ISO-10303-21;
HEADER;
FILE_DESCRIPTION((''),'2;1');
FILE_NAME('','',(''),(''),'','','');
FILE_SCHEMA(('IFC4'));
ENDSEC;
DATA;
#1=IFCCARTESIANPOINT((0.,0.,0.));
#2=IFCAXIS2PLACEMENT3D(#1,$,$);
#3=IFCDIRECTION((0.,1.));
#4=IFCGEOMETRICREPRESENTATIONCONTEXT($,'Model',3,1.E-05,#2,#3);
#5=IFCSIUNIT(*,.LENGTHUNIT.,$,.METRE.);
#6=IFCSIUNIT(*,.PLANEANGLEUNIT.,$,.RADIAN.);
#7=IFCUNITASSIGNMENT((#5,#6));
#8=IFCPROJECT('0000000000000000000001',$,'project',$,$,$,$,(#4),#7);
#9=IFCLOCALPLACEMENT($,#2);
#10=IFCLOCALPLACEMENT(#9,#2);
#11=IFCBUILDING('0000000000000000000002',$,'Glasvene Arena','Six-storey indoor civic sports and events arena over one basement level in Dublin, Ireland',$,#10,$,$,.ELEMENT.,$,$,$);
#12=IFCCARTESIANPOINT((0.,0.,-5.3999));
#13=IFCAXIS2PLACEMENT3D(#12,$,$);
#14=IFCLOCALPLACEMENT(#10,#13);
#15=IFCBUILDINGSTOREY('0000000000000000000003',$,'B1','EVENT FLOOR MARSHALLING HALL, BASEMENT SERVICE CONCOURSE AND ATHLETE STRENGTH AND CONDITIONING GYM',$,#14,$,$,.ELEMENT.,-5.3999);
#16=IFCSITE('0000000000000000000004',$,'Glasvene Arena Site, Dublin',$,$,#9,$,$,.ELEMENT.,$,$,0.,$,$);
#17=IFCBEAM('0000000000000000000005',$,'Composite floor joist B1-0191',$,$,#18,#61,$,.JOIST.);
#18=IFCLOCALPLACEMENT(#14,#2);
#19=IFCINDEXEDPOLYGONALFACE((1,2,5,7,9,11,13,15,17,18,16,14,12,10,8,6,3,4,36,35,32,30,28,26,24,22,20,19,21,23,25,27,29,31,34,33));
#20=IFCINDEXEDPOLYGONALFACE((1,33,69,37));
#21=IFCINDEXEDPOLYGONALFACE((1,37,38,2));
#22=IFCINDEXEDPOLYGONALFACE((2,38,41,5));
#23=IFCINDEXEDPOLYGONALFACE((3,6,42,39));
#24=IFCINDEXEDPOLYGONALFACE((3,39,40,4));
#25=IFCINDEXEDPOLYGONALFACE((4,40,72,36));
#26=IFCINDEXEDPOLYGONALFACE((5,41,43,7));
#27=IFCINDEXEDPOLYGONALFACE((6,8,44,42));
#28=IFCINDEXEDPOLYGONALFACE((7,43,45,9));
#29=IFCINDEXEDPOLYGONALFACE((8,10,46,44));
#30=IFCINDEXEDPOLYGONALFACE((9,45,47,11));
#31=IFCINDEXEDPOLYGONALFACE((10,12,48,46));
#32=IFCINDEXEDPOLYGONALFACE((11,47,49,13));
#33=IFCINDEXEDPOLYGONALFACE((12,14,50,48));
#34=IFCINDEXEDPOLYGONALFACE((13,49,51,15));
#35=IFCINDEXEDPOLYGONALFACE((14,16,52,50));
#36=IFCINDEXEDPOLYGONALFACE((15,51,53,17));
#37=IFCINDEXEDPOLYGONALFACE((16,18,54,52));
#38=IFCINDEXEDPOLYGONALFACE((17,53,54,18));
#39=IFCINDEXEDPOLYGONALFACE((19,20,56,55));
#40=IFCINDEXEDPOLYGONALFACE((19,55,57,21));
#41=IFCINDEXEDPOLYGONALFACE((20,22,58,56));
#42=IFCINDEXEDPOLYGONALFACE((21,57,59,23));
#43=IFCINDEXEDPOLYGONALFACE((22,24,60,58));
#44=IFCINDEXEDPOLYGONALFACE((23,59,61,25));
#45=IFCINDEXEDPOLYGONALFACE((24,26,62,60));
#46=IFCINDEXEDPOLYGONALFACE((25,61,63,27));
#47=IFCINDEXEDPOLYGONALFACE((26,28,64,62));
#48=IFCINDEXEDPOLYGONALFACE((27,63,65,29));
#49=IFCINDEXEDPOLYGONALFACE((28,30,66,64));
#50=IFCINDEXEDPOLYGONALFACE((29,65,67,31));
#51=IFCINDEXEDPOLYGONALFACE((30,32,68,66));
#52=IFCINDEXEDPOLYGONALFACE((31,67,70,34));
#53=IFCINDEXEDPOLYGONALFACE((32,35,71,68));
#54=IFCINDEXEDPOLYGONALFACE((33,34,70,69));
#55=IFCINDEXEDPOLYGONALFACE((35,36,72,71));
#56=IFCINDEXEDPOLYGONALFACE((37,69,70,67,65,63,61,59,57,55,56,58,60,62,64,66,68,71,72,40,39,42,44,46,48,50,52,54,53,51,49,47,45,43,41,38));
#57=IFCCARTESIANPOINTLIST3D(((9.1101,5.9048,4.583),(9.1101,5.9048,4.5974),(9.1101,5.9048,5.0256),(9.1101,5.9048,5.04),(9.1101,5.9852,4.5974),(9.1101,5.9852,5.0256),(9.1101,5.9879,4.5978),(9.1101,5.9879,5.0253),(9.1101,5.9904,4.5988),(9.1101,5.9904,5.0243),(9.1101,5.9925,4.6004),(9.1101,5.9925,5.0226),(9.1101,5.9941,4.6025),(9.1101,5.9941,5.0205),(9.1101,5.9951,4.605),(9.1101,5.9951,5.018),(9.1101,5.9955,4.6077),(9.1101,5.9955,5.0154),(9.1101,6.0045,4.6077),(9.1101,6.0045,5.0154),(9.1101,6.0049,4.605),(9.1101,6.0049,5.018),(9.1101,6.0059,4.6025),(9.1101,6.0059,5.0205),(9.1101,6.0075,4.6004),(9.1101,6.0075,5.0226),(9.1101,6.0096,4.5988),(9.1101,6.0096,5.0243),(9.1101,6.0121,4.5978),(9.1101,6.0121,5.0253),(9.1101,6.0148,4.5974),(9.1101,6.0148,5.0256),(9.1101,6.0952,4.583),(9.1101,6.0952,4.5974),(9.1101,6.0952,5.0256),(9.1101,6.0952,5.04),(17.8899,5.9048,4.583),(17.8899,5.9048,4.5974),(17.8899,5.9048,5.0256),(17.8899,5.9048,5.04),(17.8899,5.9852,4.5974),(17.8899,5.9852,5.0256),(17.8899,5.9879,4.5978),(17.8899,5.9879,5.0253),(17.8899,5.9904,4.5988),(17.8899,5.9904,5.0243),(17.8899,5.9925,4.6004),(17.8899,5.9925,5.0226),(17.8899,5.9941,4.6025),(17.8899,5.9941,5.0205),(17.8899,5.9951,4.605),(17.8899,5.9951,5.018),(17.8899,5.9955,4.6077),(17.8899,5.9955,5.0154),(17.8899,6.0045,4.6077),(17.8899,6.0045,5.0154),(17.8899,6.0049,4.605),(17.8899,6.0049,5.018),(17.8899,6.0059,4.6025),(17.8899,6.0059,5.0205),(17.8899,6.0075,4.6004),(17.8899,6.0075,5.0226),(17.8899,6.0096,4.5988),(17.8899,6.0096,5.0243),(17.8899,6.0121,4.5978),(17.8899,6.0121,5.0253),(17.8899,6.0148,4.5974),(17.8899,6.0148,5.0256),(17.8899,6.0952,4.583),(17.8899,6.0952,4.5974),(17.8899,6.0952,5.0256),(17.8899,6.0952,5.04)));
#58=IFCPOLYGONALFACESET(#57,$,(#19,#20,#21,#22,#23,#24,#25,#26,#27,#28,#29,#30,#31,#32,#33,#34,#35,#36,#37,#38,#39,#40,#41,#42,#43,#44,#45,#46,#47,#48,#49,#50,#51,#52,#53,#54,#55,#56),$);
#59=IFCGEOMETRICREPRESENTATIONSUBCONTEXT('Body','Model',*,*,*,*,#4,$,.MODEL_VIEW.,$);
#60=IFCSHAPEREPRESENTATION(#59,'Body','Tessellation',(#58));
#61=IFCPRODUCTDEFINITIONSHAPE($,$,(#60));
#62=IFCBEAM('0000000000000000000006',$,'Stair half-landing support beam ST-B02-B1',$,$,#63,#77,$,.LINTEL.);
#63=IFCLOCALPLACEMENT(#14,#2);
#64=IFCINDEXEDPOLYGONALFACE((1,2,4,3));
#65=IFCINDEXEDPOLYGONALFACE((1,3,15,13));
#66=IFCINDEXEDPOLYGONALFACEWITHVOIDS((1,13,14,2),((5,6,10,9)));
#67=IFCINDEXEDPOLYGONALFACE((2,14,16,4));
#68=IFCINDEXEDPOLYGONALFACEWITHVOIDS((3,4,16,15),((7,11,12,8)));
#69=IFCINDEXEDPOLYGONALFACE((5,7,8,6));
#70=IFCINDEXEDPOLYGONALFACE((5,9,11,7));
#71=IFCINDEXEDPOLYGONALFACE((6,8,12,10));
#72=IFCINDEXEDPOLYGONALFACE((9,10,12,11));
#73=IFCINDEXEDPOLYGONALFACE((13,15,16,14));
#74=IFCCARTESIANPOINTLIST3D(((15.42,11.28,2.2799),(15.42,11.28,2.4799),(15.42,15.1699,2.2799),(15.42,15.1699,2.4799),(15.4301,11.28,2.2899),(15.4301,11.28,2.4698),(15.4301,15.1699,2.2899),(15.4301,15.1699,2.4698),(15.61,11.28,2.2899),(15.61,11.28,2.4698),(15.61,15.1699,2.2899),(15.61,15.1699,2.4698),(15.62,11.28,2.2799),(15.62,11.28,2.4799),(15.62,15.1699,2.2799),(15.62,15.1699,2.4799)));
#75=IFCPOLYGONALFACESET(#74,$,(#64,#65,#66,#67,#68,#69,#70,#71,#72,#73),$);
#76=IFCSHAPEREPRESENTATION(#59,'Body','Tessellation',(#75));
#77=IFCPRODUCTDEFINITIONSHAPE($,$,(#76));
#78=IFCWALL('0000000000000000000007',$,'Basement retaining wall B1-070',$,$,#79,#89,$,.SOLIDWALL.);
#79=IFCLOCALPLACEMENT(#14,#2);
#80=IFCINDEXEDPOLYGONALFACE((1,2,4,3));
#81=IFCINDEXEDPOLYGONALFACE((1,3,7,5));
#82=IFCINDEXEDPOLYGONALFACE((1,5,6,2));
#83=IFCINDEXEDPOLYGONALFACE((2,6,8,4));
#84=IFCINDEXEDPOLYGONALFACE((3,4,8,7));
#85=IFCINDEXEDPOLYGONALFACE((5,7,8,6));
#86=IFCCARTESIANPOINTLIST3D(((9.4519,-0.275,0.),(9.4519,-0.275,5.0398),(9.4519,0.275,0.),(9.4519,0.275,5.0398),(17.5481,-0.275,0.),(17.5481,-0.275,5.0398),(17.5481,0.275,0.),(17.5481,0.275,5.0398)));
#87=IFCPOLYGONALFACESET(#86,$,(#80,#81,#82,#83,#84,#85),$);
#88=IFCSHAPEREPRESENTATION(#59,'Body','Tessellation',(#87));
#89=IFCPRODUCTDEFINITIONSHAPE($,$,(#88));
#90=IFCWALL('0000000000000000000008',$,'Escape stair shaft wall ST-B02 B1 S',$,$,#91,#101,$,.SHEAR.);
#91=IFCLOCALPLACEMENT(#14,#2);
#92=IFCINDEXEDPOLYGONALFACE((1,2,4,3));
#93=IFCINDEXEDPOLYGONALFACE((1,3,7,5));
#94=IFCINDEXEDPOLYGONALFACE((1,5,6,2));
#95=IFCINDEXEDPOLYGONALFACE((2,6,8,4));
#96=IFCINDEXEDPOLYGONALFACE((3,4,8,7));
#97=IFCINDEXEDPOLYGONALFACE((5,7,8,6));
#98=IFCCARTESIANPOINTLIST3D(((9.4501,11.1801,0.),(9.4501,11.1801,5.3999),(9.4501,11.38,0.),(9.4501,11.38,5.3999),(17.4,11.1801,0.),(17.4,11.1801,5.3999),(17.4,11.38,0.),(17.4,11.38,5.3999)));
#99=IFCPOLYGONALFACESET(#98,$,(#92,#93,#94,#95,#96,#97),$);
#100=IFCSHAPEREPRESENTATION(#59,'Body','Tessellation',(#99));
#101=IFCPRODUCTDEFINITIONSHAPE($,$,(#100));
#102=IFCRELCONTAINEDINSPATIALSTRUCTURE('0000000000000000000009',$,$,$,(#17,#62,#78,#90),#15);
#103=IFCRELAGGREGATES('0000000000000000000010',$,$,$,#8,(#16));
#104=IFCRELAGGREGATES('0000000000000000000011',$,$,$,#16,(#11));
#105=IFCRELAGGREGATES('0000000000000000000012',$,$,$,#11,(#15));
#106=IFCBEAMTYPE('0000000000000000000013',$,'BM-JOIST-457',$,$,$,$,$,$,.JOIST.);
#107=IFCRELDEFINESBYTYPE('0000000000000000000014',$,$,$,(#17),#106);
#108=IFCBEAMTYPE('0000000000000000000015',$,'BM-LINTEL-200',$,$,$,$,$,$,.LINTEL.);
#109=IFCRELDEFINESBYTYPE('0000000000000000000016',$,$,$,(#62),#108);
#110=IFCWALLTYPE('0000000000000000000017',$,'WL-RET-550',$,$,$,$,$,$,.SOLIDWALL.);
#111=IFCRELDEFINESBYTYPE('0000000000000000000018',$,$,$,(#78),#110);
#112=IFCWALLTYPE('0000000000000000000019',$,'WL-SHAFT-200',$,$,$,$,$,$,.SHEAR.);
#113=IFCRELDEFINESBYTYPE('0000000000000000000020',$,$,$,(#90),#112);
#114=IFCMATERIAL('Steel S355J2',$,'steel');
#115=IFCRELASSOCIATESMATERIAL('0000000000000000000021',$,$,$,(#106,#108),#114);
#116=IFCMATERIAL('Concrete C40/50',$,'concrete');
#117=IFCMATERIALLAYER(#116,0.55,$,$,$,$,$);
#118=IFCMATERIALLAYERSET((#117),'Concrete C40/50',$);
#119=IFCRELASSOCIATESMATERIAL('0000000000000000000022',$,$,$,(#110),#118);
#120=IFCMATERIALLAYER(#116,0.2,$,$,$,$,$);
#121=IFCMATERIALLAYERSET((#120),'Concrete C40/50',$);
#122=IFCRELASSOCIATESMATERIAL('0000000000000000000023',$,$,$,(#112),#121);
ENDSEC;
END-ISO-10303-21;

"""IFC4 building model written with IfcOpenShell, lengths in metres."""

from ifc_helpers import new_model, si_unit, direction, frame, frame_2d, origin, origin_2d, place, context, subcontext, project, spatial, rectangle, hollow_rectangle, i_section, extrude, material, layer, layer_set, material_profile, profile_set, type_object, element, save


model = new_model("IFC4")

# Units and contexts
model_context = context("Model", 3, precision=1e-05, world=origin(), true_north=direction((0.0, 1.0)))
body_context = subcontext(model_context, "Body", "Model", "MODEL_VIEW")
ifc_project = project(units=[si_unit("LENGTHUNIT", "METRE"), si_unit("PLANEANGLEUNIT", "RADIAN")], contexts=[model_context])

# Site, building, storey
site_placement = place(None, origin())
site = spatial("IfcSite", under=ifc_project, at=site_placement, Name="Glasvene Arena Site, Dublin", CompositionType="ELEMENT", RefElevation=0.0)
building_placement = place(site_placement, origin())
building = spatial("IfcBuilding", under=site, at=building_placement, Name="Glasvene Arena", Description="Six-storey indoor civic sports and events arena over one basement level in Dublin, Ireland", CompositionType="ELEMENT")
storey_placement = place(building_placement, frame((0.0, 0.0, -5.3999)))
storey = spatial("IfcBuildingStorey", under=building, at=storey_placement, Name="B1", Description="EVENT FLOOR MARSHALLING HALL, BASEMENT SERVICE CONCOURSE AND ATHLETE STRENGTH AND CONDITIONING GYM", CompositionType="ELEMENT", Elevation=-5.3999)

# Shared definitions
ifc_material_1 = material(Name="Concrete C40/50", Category="concrete")

# Shared definitions
ifc_material_2 = material(Name="Steel S355J2", Category="steel")

# Beams
ifc_material_profile_1 = material_profile(ifc_material_2, i_section(OverallWidth=0.1904, OverallDepth=0.457, WebThickness=0.009, FlangeThickness=0.0144, FilletRadius=0.0103, at=origin_2d()), Name="UKB 457x191x74")
ifc_profile_set_1 = profile_set([ifc_material_profile_1], Name="Steel S355J2")
beam_type_1 = type_object("IfcBeamType", Name="BM-JOIST-457", PredefinedType="JOIST", material=ifc_profile_set_1)
for number, where, z_axis, x_axis, name in (
    (1, (9.1101, 6.0, 4.8115), (1.0, 0.0, 0.0), (0.0, 1.0, 0.0), "Composite floor joist B1-0191"),
):
    element("IfcBeam", number, at=place(storey_placement, frame(where, z_axis=z_axis, x_axis=x_axis)), inside=storey, type_object=beam_type_1, Name=name, PredefinedType="JOIST", context=body_context, shape_type="SweptSolid", body=[
        extrude(i_section(OverallWidth=0.1904, OverallDepth=0.457, WebThickness=0.009, FlangeThickness=0.0144, FilletRadius=0.0103, at=origin_2d()), origin(), (0.0, 0.0, 1.0), 8.7798),
    ])
ifc_material_profile_2 = material_profile(ifc_material_2, hollow_rectangle(XDim=0.2, YDim=0.2, WallThickness=0.01, at=origin_2d()), Name="SHS 200x200x10.0")
ifc_profile_set_2 = profile_set([ifc_material_profile_2], Name="Steel S355J2")
beam_type_2 = type_object("IfcBeamType", Name="BM-LINTEL-200", PredefinedType="LINTEL", material=ifc_profile_set_2)
beam_1_placement = place(storey_placement, frame((15.52, 11.28, 2.3799), z_axis=(0.0, 1.0, 0.0), x_axis=(-1.0, 0.0, 0.0)))
element("IfcBeam", 2, at=beam_1_placement, inside=storey, type_object=beam_type_2, Name="Stair half-landing support beam ST-B02-B1", PredefinedType="LINTEL", context=body_context, shape_type="SweptSolid", body=[
    extrude(hollow_rectangle(XDim=0.2, YDim=0.2, WallThickness=0.01, at=origin_2d()), origin(), (0.0, 0.0, 1.0), 3.8899),
])

# Walls
ifc_layer_1 = layer(ifc_material_1, 0.55)
ifc_layer_set_1 = layer_set([ifc_layer_1], Name="Concrete C40/50")
wall_type_1 = type_object("IfcWallType", Name="WL-RET-550", PredefinedType="SOLIDWALL", material=ifc_layer_set_1)
wall_1_placement = place(storey_placement, frame((17.5481, 0.0, 0.0), z_axis=(0.0, 0.0, 1.0), x_axis=(-1.0, 0.0, 0.0)))
element("IfcWall", 3, at=wall_1_placement, inside=storey, type_object=wall_type_1, Name="Basement retaining wall B1-070", PredefinedType="SOLIDWALL", context=body_context, shape_type="SweptSolid", body=[
    extrude(rectangle(XDim=8.0962, YDim=0.55, at=frame_2d((4.0481, 0.0))), origin(), (0.0, 0.0, 1.0), 5.0398),
])
ifc_layer_2 = layer(ifc_material_1, 0.2)
ifc_layer_set_2 = layer_set([ifc_layer_2], Name="Concrete C40/50")
wall_type_2 = type_object("IfcWallType", Name="WL-SHAFT-200", PredefinedType="SHEAR", material=ifc_layer_set_2)
wall_2_placement = place(storey_placement, frame((9.45, 11.28, 0.0), z_axis=(0.0, 0.0, 1.0), x_axis=(1.0, 0.0, 0.0)))
element("IfcWall", 4, at=wall_2_placement, inside=storey, type_object=wall_type_2, Name="Escape stair shaft wall ST-B02 B1 S", PredefinedType="SHEAR", context=body_context, shape_type="SweptSolid", body=[
    extrude(rectangle(XDim=7.95, YDim=0.2, at=frame_2d((3.9751, 0.0))), origin(), (0.0, 0.0, 1.0), 5.3999),
])

save(model, "model.ifc")
